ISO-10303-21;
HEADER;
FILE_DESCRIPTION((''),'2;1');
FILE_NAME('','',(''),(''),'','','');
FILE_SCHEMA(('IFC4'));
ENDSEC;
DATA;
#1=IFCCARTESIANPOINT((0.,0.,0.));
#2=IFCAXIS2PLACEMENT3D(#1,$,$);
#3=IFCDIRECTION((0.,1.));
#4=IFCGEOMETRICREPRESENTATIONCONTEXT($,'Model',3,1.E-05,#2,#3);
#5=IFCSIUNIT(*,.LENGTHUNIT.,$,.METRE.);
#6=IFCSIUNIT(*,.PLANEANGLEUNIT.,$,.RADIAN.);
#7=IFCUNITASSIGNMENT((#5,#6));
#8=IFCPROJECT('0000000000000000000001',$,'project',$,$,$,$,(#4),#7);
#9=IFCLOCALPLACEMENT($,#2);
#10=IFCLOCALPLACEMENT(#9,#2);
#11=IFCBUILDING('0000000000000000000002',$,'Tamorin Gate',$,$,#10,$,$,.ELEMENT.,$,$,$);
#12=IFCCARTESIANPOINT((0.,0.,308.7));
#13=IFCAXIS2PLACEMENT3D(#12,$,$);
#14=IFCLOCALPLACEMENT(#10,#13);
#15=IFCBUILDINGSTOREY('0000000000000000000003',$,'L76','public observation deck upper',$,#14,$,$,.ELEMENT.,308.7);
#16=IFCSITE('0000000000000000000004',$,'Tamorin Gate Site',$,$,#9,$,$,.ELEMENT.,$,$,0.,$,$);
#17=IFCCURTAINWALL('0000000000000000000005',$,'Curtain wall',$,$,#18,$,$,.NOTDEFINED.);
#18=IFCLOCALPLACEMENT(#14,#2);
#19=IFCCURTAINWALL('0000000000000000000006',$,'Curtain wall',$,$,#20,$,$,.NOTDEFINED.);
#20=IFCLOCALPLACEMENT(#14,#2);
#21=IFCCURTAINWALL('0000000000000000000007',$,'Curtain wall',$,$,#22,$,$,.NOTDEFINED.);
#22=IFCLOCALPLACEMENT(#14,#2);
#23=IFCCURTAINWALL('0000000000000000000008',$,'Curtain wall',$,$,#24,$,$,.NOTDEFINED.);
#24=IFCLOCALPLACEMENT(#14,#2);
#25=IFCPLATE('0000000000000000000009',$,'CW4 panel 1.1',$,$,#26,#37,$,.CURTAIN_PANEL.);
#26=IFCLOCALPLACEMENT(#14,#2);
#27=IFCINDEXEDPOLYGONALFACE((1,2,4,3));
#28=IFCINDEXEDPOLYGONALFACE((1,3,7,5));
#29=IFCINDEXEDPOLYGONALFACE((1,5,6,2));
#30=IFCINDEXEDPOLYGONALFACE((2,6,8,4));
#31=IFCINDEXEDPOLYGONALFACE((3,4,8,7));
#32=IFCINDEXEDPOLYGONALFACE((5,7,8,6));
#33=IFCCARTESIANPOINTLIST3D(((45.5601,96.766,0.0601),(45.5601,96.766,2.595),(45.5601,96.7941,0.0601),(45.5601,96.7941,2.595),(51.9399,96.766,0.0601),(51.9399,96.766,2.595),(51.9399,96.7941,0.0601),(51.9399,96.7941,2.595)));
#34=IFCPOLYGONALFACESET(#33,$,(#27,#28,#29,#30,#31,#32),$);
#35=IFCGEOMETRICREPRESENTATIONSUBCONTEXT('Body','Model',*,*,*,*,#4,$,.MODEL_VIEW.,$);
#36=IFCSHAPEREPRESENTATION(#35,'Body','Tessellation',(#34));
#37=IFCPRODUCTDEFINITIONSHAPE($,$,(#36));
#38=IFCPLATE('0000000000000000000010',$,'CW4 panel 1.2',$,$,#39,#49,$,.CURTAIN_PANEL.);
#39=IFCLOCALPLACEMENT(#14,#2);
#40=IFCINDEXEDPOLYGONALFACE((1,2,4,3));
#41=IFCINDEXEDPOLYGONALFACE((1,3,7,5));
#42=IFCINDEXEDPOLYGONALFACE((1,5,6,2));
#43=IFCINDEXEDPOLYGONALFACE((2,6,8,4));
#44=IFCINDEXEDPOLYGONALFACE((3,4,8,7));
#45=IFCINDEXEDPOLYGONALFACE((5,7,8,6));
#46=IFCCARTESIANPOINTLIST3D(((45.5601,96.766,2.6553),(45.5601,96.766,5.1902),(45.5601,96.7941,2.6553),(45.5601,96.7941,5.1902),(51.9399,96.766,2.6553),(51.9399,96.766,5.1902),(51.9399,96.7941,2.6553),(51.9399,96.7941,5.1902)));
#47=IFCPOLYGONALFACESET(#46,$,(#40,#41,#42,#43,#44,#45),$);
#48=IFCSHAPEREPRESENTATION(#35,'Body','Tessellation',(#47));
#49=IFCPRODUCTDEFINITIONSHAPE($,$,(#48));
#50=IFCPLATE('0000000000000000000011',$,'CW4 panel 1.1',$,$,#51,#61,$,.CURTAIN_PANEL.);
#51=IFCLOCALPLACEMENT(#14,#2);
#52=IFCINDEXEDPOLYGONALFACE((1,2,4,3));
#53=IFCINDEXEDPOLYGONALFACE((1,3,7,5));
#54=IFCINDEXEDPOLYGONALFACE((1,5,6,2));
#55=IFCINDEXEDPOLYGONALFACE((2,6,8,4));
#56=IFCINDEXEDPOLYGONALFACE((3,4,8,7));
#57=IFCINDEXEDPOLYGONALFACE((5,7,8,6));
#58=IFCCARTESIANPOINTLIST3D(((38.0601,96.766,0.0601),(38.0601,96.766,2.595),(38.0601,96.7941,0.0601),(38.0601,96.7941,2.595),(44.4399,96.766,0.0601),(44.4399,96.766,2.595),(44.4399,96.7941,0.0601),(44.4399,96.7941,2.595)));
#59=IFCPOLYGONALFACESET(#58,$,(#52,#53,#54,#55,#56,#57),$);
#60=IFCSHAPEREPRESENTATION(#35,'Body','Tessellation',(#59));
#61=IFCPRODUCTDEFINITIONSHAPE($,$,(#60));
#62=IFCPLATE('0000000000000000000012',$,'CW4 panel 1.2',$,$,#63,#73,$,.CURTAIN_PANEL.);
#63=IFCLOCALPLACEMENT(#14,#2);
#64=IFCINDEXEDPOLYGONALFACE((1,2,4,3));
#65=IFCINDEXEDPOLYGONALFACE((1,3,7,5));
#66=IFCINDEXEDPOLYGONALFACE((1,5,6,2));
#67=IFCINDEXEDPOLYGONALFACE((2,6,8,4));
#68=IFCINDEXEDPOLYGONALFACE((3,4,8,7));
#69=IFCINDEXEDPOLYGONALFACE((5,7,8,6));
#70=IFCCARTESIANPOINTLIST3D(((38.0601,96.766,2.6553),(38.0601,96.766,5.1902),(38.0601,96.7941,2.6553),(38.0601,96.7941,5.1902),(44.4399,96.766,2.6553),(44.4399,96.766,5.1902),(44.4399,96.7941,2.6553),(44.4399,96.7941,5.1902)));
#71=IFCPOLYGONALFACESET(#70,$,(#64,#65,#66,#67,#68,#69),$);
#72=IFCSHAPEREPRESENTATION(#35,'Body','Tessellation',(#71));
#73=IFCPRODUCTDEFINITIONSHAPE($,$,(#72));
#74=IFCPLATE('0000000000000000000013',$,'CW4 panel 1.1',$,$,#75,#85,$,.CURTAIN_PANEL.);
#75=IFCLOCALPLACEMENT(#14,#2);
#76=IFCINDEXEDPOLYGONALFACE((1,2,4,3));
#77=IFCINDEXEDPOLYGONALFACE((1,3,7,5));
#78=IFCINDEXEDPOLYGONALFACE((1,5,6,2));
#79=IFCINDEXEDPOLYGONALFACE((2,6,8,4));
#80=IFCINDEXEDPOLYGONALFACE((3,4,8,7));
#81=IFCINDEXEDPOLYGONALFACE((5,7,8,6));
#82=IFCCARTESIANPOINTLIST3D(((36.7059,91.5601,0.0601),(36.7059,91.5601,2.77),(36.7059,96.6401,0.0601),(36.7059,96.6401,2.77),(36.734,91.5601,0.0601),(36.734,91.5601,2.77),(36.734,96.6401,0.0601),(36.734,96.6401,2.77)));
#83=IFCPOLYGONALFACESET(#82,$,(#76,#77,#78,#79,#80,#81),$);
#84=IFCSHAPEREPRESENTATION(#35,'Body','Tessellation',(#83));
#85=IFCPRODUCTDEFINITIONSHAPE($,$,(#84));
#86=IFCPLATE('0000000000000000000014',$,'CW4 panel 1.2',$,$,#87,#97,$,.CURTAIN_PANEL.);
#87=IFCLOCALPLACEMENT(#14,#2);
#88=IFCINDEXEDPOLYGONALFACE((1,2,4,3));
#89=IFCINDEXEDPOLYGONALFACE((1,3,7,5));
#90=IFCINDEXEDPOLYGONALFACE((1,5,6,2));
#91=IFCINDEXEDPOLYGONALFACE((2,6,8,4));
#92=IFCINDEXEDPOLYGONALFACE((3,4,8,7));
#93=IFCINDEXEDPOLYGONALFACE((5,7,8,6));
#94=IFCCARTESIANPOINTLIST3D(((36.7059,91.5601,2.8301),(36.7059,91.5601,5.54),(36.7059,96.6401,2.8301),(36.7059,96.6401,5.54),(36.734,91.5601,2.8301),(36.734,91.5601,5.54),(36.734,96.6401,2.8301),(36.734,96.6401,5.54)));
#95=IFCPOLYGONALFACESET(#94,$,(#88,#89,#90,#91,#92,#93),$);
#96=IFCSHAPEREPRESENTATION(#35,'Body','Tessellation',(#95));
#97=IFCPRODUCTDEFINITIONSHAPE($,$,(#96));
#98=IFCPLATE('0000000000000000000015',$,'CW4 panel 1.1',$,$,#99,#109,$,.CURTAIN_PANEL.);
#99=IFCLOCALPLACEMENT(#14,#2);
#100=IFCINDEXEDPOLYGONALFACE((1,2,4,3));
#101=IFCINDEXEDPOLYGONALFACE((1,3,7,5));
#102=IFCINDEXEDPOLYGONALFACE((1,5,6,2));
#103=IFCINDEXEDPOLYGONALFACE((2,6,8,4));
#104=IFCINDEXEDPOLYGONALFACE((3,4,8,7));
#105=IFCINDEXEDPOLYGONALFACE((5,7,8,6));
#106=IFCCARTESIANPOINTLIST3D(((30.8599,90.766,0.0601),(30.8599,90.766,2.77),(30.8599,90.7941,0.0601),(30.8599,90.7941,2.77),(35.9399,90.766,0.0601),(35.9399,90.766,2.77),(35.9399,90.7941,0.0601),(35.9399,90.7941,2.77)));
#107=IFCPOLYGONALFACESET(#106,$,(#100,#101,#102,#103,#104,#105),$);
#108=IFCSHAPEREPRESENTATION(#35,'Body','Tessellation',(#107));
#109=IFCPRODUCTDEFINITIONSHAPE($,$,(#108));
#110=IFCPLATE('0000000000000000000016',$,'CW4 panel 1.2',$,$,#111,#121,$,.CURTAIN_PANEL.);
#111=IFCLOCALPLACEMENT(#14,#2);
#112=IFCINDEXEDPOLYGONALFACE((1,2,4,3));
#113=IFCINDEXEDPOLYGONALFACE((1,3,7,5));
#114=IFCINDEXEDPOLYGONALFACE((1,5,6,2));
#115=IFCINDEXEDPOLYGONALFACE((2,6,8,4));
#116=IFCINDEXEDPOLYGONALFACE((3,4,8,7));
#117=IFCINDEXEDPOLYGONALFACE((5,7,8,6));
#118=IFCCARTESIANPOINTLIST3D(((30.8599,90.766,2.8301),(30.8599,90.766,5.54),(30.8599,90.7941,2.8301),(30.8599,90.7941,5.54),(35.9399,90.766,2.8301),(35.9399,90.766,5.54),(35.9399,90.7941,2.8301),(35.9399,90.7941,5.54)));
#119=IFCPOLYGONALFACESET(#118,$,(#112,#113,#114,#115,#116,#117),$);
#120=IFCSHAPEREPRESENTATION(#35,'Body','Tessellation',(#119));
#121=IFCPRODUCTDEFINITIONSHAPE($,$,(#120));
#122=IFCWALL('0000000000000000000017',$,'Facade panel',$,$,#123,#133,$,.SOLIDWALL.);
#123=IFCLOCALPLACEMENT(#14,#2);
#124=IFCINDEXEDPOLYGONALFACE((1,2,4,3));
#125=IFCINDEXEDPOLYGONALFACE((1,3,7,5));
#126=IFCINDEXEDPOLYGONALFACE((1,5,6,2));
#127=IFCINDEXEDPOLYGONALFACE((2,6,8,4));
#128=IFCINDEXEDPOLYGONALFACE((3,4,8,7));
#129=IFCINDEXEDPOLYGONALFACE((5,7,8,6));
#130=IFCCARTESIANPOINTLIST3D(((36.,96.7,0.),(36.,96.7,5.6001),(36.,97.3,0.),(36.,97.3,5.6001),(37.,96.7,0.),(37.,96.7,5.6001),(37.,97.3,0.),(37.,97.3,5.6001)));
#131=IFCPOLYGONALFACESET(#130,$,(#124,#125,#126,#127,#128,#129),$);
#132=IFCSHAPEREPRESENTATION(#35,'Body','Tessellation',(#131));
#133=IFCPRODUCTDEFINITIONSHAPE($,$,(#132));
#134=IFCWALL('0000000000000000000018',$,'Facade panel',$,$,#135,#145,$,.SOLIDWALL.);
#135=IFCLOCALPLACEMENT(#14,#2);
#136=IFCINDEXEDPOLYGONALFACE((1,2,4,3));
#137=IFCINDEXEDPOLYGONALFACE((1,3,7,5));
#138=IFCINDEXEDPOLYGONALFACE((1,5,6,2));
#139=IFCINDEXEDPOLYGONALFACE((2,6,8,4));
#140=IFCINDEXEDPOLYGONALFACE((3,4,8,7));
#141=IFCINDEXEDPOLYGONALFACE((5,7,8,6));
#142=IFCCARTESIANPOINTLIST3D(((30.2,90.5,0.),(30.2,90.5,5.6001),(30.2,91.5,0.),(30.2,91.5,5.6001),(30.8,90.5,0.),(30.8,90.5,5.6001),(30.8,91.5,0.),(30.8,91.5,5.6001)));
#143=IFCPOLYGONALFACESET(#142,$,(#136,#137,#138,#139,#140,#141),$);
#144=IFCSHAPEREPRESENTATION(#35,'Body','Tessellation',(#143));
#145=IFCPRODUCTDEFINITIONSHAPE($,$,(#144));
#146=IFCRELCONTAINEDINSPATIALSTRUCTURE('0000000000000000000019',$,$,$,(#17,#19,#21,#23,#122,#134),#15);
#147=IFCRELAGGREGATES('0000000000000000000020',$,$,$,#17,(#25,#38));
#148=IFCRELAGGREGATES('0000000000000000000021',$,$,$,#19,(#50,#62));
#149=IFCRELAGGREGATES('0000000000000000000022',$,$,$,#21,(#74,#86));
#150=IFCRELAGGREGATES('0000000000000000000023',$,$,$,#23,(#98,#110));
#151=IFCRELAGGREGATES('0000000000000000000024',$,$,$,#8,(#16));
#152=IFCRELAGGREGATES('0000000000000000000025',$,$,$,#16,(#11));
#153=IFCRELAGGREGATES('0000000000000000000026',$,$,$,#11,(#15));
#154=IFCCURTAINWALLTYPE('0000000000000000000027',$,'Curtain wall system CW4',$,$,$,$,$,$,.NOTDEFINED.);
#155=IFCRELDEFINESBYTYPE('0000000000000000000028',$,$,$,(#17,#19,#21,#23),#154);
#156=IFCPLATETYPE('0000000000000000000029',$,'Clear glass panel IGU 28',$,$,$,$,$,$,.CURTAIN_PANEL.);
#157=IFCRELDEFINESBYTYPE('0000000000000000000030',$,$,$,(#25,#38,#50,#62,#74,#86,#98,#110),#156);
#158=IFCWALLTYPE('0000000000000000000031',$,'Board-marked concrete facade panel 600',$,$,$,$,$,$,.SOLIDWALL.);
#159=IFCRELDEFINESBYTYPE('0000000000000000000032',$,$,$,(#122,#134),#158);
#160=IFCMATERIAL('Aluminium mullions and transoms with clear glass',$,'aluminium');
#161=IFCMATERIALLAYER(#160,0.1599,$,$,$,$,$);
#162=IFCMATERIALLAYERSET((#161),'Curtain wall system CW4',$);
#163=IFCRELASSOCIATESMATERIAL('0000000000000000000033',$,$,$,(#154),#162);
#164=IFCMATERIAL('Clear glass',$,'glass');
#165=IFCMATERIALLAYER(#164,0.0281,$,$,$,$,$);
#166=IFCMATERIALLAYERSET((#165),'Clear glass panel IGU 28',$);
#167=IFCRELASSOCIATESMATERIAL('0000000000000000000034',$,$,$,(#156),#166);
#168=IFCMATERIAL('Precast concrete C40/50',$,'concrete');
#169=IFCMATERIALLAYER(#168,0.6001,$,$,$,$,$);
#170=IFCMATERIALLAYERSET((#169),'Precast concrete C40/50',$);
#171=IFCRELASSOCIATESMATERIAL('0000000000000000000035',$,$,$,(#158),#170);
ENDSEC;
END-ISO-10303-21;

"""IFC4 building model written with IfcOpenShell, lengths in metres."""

from ifc_helpers import new_model, si_unit, direction, frame, frame_2d, origin, origin_2d, place, context, subcontext, project, spatial, rectangle, extrude, material, layer, layer_set, type_object, element, aggregate, save


model = new_model("IFC4")

# Units and contexts
model_context = context("Model", 3, precision=1e-05, world=origin(), true_north=direction((0.0, 1.0)))
body_context = subcontext(model_context, "Body", "Model", "MODEL_VIEW")
ifc_project = project(units=[si_unit("LENGTHUNIT", "METRE"), si_unit("PLANEANGLEUNIT", "RADIAN")], contexts=[model_context])

# Site, building, storey
site_placement = place(None, origin())
site = spatial("IfcSite", under=ifc_project, at=site_placement, Name="Tamorin Gate Site", CompositionType="ELEMENT", RefElevation=0.0)
building_placement = place(site_placement, origin())
building = spatial("IfcBuilding", under=site, at=building_placement, Name="Tamorin Gate", CompositionType="ELEMENT")
storey_placement = place(building_placement, frame((0.0, 0.0, 308.7)))
storey = spatial("IfcBuildingStorey", under=building, at=storey_placement, Name="L76", Description="public observation deck upper", CompositionType="ELEMENT", Elevation=308.7)

# Curtain walls
ifc_material_1 = material(Name="Aluminium mullions and transoms with clear glass", Category="aluminium")
ifc_layer_1 = layer(ifc_material_1, 0.1599)
ifc_layer_set_1 = layer_set([ifc_layer_1], Name="Curtain wall system CW4")
curtain_wall_type = type_object("IfcCurtainWallType", Name="Curtain wall system CW4", PredefinedType="NOTDEFINED", material=ifc_layer_set_1)
curtain_wall_1_placement = place(storey_placement, origin())
curtain_wall_1 = element("IfcCurtainWall", 1, at=curtain_wall_1_placement, inside=storey, type_object=curtain_wall_type, Name="Curtain wall", PredefinedType="NOTDEFINED")
curtain_wall_2_placement = place(storey_placement, origin())
curtain_wall_2 = element("IfcCurtainWall", 2, at=curtain_wall_2_placement, inside=storey, type_object=curtain_wall_type, Name="Curtain wall", PredefinedType="NOTDEFINED")
curtain_wall_3_placement = place(storey_placement, origin())
curtain_wall_3 = element("IfcCurtainWall", 3, at=curtain_wall_3_placement, inside=storey, type_object=curtain_wall_type, Name="Curtain wall", PredefinedType="NOTDEFINED")
curtain_wall_4_placement = place(storey_placement, origin())
curtain_wall_4 = element("IfcCurtainWall", 4, at=curtain_wall_4_placement, inside=storey, type_object=curtain_wall_type, Name="Curtain wall", PredefinedType="NOTDEFINED")

# Plates
ifc_material_2 = material(Name="Clear glass", Category="glass")
ifc_layer_2 = layer(ifc_material_2, 0.0281)
ifc_layer_set_2 = layer_set([ifc_layer_2], Name="Clear glass panel IGU 28")
plate_type = type_object("IfcPlateType", Name="Clear glass panel IGU 28", PredefinedType="CURTAIN_PANEL", material=ifc_layer_set_2)
plate_1_placement = place(storey_placement, frame((48.75, 96.78, 0.0601), z_axis=(0.0, 0.0, 1.0), x_axis=(-1.0, 0.0, 0.0)))
plate_1 = element("IfcPlate", 5, at=plate_1_placement, type_object=plate_type, Name="CW4 panel 1.1", PredefinedType="CURTAIN_PANEL", context=body_context, shape_type="SweptSolid", body=[
    extrude(rectangle(XDim=6.3799, YDim=0.0281, at=origin_2d()), origin(), (0.0, 0.0, 1.0), 2.5349),
])
plate_2_placement = place(storey_placement, frame((48.75, 96.78, 2.6553), z_axis=(0.0, 0.0, 1.0), x_axis=(-1.0, 0.0, 0.0)))
plate_2 = element("IfcPlate", 6, at=plate_2_placement, type_object=plate_type, Name="CW4 panel 1.2", PredefinedType="CURTAIN_PANEL", context=body_context, shape_type="SweptSolid", body=[
    extrude(rectangle(XDim=6.3799, YDim=0.0281, at=origin_2d()), origin(), (0.0, 0.0, 1.0), 2.5349),
])
aggregate(curtain_wall_1, [plate_1, plate_2])
plate_3_placement = place(storey_placement, frame((41.25, 96.78, 0.0601), z_axis=(0.0, 0.0, 1.0), x_axis=(-1.0, 0.0, 0.0)))
plate_3 = element("IfcPlate", 7, at=plate_3_placement, type_object=plate_type, Name="CW4 panel 1.1", PredefinedType="CURTAIN_PANEL", context=body_context, shape_type="SweptSolid", body=[
    extrude(rectangle(XDim=6.3799, YDim=0.0281, at=origin_2d()), origin(), (0.0, 0.0, 1.0), 2.5349),
])
plate_4_placement = place(storey_placement, frame((41.25, 96.78, 2.6553), z_axis=(0.0, 0.0, 1.0), x_axis=(-1.0, 0.0, 0.0)))
plate_4 = element("IfcPlate", 8, at=plate_4_placement, type_object=plate_type, Name="CW4 panel 1.2", PredefinedType="CURTAIN_PANEL", context=body_context, shape_type="SweptSolid", body=[
    extrude(rectangle(XDim=6.3799, YDim=0.0281, at=origin_2d()), origin(), (0.0, 0.0, 1.0), 2.5349),
])
aggregate(curtain_wall_2, [plate_3, plate_4])
plate_5_placement = place(storey_placement, frame((36.72, 94.1001, 0.0601), z_axis=(0.0, 0.0, 1.0), x_axis=(0.0, -1.0, 0.0)))
plate_5 = element("IfcPlate", 9, at=plate_5_placement, type_object=plate_type, Name="CW4 panel 1.1", PredefinedType="CURTAIN_PANEL", context=body_context, shape_type="SweptSolid", body=[
    extrude(rectangle(XDim=5.0801, YDim=0.0281, at=origin_2d()), origin(), (0.0, 0.0, 1.0), 2.71),
])
plate_6_placement = place(storey_placement, frame((36.72, 94.1001, 2.8301), z_axis=(0.0, 0.0, 1.0), x_axis=(0.0, -1.0, 0.0)))
plate_6 = element("IfcPlate", 10, at=plate_6_placement, type_object=plate_type, Name="CW4 panel 1.2", PredefinedType="CURTAIN_PANEL", context=body_context, shape_type="SweptSolid", body=[
    extrude(rectangle(XDim=5.0801, YDim=0.0281, at=origin_2d()), origin(), (0.0, 0.0, 1.0), 2.71),
])
aggregate(curtain_wall_3, [plate_5, plate_6])
plate_7_placement = place(storey_placement, frame((33.3999, 90.78, 0.0601), z_axis=(0.0, 0.0, 1.0), x_axis=(-1.0, 0.0, 0.0)))
plate_7 = element("IfcPlate", 11, at=plate_7_placement, type_object=plate_type, Name="CW4 panel 1.1", PredefinedType="CURTAIN_PANEL", context=body_context, shape_type="SweptSolid", body=[
    extrude(rectangle(XDim=5.0801, YDim=0.0281, at=origin_2d()), origin(), (0.0, 0.0, 1.0), 2.71),
])
plate_8_placement = place(storey_placement, frame((33.3999, 90.78, 2.8301), z_axis=(0.0, 0.0, 1.0), x_axis=(-1.0, 0.0, 0.0)))
plate_8 = element("IfcPlate", 12, at=plate_8_placement, type_object=plate_type, Name="CW4 panel 1.2", PredefinedType="CURTAIN_PANEL", context=body_context, shape_type="SweptSolid", body=[
    extrude(rectangle(XDim=5.0801, YDim=0.0281, at=origin_2d()), origin(), (0.0, 0.0, 1.0), 2.71),
])
aggregate(curtain_wall_4, [plate_7, plate_8])

# Walls
ifc_material_3 = material(Name="Precast concrete C40/50", Category="concrete")
ifc_layer_3 = layer(ifc_material_3, 0.6001)
ifc_layer_set_3 = layer_set([ifc_layer_3], Name="Precast concrete C40/50")
wall_type = type_object("IfcWallType", Name="Board-marked concrete facade panel 600", PredefinedType="SOLIDWALL", material=ifc_layer_set_3)
for number, where, z_axis, x_axis, name in (
    (13, (37.0, 97.0, 0.0), (0.0, 0.0, 1.0), (-1.0, 0.0, 0.0), "Facade panel"),
    (14, (30.5, 91.5, 0.0), (0.0, 0.0, 1.0), (0.0, -1.0, 0.0), "Facade panel"),
):
    element("IfcWall", number, at=place(storey_placement, frame(where, z_axis=z_axis, x_axis=x_axis)), inside=storey, type_object=wall_type, Name=name, PredefinedType="SOLIDWALL", context=body_context, shape_type="SweptSolid", body=[
        extrude(rectangle(XDim=1.0, YDim=0.6001, at=frame_2d((0.5, 0.0))), origin(), (0.0, 0.0, 1.0), 5.6001),
    ])

save(model, "model.ifc")
